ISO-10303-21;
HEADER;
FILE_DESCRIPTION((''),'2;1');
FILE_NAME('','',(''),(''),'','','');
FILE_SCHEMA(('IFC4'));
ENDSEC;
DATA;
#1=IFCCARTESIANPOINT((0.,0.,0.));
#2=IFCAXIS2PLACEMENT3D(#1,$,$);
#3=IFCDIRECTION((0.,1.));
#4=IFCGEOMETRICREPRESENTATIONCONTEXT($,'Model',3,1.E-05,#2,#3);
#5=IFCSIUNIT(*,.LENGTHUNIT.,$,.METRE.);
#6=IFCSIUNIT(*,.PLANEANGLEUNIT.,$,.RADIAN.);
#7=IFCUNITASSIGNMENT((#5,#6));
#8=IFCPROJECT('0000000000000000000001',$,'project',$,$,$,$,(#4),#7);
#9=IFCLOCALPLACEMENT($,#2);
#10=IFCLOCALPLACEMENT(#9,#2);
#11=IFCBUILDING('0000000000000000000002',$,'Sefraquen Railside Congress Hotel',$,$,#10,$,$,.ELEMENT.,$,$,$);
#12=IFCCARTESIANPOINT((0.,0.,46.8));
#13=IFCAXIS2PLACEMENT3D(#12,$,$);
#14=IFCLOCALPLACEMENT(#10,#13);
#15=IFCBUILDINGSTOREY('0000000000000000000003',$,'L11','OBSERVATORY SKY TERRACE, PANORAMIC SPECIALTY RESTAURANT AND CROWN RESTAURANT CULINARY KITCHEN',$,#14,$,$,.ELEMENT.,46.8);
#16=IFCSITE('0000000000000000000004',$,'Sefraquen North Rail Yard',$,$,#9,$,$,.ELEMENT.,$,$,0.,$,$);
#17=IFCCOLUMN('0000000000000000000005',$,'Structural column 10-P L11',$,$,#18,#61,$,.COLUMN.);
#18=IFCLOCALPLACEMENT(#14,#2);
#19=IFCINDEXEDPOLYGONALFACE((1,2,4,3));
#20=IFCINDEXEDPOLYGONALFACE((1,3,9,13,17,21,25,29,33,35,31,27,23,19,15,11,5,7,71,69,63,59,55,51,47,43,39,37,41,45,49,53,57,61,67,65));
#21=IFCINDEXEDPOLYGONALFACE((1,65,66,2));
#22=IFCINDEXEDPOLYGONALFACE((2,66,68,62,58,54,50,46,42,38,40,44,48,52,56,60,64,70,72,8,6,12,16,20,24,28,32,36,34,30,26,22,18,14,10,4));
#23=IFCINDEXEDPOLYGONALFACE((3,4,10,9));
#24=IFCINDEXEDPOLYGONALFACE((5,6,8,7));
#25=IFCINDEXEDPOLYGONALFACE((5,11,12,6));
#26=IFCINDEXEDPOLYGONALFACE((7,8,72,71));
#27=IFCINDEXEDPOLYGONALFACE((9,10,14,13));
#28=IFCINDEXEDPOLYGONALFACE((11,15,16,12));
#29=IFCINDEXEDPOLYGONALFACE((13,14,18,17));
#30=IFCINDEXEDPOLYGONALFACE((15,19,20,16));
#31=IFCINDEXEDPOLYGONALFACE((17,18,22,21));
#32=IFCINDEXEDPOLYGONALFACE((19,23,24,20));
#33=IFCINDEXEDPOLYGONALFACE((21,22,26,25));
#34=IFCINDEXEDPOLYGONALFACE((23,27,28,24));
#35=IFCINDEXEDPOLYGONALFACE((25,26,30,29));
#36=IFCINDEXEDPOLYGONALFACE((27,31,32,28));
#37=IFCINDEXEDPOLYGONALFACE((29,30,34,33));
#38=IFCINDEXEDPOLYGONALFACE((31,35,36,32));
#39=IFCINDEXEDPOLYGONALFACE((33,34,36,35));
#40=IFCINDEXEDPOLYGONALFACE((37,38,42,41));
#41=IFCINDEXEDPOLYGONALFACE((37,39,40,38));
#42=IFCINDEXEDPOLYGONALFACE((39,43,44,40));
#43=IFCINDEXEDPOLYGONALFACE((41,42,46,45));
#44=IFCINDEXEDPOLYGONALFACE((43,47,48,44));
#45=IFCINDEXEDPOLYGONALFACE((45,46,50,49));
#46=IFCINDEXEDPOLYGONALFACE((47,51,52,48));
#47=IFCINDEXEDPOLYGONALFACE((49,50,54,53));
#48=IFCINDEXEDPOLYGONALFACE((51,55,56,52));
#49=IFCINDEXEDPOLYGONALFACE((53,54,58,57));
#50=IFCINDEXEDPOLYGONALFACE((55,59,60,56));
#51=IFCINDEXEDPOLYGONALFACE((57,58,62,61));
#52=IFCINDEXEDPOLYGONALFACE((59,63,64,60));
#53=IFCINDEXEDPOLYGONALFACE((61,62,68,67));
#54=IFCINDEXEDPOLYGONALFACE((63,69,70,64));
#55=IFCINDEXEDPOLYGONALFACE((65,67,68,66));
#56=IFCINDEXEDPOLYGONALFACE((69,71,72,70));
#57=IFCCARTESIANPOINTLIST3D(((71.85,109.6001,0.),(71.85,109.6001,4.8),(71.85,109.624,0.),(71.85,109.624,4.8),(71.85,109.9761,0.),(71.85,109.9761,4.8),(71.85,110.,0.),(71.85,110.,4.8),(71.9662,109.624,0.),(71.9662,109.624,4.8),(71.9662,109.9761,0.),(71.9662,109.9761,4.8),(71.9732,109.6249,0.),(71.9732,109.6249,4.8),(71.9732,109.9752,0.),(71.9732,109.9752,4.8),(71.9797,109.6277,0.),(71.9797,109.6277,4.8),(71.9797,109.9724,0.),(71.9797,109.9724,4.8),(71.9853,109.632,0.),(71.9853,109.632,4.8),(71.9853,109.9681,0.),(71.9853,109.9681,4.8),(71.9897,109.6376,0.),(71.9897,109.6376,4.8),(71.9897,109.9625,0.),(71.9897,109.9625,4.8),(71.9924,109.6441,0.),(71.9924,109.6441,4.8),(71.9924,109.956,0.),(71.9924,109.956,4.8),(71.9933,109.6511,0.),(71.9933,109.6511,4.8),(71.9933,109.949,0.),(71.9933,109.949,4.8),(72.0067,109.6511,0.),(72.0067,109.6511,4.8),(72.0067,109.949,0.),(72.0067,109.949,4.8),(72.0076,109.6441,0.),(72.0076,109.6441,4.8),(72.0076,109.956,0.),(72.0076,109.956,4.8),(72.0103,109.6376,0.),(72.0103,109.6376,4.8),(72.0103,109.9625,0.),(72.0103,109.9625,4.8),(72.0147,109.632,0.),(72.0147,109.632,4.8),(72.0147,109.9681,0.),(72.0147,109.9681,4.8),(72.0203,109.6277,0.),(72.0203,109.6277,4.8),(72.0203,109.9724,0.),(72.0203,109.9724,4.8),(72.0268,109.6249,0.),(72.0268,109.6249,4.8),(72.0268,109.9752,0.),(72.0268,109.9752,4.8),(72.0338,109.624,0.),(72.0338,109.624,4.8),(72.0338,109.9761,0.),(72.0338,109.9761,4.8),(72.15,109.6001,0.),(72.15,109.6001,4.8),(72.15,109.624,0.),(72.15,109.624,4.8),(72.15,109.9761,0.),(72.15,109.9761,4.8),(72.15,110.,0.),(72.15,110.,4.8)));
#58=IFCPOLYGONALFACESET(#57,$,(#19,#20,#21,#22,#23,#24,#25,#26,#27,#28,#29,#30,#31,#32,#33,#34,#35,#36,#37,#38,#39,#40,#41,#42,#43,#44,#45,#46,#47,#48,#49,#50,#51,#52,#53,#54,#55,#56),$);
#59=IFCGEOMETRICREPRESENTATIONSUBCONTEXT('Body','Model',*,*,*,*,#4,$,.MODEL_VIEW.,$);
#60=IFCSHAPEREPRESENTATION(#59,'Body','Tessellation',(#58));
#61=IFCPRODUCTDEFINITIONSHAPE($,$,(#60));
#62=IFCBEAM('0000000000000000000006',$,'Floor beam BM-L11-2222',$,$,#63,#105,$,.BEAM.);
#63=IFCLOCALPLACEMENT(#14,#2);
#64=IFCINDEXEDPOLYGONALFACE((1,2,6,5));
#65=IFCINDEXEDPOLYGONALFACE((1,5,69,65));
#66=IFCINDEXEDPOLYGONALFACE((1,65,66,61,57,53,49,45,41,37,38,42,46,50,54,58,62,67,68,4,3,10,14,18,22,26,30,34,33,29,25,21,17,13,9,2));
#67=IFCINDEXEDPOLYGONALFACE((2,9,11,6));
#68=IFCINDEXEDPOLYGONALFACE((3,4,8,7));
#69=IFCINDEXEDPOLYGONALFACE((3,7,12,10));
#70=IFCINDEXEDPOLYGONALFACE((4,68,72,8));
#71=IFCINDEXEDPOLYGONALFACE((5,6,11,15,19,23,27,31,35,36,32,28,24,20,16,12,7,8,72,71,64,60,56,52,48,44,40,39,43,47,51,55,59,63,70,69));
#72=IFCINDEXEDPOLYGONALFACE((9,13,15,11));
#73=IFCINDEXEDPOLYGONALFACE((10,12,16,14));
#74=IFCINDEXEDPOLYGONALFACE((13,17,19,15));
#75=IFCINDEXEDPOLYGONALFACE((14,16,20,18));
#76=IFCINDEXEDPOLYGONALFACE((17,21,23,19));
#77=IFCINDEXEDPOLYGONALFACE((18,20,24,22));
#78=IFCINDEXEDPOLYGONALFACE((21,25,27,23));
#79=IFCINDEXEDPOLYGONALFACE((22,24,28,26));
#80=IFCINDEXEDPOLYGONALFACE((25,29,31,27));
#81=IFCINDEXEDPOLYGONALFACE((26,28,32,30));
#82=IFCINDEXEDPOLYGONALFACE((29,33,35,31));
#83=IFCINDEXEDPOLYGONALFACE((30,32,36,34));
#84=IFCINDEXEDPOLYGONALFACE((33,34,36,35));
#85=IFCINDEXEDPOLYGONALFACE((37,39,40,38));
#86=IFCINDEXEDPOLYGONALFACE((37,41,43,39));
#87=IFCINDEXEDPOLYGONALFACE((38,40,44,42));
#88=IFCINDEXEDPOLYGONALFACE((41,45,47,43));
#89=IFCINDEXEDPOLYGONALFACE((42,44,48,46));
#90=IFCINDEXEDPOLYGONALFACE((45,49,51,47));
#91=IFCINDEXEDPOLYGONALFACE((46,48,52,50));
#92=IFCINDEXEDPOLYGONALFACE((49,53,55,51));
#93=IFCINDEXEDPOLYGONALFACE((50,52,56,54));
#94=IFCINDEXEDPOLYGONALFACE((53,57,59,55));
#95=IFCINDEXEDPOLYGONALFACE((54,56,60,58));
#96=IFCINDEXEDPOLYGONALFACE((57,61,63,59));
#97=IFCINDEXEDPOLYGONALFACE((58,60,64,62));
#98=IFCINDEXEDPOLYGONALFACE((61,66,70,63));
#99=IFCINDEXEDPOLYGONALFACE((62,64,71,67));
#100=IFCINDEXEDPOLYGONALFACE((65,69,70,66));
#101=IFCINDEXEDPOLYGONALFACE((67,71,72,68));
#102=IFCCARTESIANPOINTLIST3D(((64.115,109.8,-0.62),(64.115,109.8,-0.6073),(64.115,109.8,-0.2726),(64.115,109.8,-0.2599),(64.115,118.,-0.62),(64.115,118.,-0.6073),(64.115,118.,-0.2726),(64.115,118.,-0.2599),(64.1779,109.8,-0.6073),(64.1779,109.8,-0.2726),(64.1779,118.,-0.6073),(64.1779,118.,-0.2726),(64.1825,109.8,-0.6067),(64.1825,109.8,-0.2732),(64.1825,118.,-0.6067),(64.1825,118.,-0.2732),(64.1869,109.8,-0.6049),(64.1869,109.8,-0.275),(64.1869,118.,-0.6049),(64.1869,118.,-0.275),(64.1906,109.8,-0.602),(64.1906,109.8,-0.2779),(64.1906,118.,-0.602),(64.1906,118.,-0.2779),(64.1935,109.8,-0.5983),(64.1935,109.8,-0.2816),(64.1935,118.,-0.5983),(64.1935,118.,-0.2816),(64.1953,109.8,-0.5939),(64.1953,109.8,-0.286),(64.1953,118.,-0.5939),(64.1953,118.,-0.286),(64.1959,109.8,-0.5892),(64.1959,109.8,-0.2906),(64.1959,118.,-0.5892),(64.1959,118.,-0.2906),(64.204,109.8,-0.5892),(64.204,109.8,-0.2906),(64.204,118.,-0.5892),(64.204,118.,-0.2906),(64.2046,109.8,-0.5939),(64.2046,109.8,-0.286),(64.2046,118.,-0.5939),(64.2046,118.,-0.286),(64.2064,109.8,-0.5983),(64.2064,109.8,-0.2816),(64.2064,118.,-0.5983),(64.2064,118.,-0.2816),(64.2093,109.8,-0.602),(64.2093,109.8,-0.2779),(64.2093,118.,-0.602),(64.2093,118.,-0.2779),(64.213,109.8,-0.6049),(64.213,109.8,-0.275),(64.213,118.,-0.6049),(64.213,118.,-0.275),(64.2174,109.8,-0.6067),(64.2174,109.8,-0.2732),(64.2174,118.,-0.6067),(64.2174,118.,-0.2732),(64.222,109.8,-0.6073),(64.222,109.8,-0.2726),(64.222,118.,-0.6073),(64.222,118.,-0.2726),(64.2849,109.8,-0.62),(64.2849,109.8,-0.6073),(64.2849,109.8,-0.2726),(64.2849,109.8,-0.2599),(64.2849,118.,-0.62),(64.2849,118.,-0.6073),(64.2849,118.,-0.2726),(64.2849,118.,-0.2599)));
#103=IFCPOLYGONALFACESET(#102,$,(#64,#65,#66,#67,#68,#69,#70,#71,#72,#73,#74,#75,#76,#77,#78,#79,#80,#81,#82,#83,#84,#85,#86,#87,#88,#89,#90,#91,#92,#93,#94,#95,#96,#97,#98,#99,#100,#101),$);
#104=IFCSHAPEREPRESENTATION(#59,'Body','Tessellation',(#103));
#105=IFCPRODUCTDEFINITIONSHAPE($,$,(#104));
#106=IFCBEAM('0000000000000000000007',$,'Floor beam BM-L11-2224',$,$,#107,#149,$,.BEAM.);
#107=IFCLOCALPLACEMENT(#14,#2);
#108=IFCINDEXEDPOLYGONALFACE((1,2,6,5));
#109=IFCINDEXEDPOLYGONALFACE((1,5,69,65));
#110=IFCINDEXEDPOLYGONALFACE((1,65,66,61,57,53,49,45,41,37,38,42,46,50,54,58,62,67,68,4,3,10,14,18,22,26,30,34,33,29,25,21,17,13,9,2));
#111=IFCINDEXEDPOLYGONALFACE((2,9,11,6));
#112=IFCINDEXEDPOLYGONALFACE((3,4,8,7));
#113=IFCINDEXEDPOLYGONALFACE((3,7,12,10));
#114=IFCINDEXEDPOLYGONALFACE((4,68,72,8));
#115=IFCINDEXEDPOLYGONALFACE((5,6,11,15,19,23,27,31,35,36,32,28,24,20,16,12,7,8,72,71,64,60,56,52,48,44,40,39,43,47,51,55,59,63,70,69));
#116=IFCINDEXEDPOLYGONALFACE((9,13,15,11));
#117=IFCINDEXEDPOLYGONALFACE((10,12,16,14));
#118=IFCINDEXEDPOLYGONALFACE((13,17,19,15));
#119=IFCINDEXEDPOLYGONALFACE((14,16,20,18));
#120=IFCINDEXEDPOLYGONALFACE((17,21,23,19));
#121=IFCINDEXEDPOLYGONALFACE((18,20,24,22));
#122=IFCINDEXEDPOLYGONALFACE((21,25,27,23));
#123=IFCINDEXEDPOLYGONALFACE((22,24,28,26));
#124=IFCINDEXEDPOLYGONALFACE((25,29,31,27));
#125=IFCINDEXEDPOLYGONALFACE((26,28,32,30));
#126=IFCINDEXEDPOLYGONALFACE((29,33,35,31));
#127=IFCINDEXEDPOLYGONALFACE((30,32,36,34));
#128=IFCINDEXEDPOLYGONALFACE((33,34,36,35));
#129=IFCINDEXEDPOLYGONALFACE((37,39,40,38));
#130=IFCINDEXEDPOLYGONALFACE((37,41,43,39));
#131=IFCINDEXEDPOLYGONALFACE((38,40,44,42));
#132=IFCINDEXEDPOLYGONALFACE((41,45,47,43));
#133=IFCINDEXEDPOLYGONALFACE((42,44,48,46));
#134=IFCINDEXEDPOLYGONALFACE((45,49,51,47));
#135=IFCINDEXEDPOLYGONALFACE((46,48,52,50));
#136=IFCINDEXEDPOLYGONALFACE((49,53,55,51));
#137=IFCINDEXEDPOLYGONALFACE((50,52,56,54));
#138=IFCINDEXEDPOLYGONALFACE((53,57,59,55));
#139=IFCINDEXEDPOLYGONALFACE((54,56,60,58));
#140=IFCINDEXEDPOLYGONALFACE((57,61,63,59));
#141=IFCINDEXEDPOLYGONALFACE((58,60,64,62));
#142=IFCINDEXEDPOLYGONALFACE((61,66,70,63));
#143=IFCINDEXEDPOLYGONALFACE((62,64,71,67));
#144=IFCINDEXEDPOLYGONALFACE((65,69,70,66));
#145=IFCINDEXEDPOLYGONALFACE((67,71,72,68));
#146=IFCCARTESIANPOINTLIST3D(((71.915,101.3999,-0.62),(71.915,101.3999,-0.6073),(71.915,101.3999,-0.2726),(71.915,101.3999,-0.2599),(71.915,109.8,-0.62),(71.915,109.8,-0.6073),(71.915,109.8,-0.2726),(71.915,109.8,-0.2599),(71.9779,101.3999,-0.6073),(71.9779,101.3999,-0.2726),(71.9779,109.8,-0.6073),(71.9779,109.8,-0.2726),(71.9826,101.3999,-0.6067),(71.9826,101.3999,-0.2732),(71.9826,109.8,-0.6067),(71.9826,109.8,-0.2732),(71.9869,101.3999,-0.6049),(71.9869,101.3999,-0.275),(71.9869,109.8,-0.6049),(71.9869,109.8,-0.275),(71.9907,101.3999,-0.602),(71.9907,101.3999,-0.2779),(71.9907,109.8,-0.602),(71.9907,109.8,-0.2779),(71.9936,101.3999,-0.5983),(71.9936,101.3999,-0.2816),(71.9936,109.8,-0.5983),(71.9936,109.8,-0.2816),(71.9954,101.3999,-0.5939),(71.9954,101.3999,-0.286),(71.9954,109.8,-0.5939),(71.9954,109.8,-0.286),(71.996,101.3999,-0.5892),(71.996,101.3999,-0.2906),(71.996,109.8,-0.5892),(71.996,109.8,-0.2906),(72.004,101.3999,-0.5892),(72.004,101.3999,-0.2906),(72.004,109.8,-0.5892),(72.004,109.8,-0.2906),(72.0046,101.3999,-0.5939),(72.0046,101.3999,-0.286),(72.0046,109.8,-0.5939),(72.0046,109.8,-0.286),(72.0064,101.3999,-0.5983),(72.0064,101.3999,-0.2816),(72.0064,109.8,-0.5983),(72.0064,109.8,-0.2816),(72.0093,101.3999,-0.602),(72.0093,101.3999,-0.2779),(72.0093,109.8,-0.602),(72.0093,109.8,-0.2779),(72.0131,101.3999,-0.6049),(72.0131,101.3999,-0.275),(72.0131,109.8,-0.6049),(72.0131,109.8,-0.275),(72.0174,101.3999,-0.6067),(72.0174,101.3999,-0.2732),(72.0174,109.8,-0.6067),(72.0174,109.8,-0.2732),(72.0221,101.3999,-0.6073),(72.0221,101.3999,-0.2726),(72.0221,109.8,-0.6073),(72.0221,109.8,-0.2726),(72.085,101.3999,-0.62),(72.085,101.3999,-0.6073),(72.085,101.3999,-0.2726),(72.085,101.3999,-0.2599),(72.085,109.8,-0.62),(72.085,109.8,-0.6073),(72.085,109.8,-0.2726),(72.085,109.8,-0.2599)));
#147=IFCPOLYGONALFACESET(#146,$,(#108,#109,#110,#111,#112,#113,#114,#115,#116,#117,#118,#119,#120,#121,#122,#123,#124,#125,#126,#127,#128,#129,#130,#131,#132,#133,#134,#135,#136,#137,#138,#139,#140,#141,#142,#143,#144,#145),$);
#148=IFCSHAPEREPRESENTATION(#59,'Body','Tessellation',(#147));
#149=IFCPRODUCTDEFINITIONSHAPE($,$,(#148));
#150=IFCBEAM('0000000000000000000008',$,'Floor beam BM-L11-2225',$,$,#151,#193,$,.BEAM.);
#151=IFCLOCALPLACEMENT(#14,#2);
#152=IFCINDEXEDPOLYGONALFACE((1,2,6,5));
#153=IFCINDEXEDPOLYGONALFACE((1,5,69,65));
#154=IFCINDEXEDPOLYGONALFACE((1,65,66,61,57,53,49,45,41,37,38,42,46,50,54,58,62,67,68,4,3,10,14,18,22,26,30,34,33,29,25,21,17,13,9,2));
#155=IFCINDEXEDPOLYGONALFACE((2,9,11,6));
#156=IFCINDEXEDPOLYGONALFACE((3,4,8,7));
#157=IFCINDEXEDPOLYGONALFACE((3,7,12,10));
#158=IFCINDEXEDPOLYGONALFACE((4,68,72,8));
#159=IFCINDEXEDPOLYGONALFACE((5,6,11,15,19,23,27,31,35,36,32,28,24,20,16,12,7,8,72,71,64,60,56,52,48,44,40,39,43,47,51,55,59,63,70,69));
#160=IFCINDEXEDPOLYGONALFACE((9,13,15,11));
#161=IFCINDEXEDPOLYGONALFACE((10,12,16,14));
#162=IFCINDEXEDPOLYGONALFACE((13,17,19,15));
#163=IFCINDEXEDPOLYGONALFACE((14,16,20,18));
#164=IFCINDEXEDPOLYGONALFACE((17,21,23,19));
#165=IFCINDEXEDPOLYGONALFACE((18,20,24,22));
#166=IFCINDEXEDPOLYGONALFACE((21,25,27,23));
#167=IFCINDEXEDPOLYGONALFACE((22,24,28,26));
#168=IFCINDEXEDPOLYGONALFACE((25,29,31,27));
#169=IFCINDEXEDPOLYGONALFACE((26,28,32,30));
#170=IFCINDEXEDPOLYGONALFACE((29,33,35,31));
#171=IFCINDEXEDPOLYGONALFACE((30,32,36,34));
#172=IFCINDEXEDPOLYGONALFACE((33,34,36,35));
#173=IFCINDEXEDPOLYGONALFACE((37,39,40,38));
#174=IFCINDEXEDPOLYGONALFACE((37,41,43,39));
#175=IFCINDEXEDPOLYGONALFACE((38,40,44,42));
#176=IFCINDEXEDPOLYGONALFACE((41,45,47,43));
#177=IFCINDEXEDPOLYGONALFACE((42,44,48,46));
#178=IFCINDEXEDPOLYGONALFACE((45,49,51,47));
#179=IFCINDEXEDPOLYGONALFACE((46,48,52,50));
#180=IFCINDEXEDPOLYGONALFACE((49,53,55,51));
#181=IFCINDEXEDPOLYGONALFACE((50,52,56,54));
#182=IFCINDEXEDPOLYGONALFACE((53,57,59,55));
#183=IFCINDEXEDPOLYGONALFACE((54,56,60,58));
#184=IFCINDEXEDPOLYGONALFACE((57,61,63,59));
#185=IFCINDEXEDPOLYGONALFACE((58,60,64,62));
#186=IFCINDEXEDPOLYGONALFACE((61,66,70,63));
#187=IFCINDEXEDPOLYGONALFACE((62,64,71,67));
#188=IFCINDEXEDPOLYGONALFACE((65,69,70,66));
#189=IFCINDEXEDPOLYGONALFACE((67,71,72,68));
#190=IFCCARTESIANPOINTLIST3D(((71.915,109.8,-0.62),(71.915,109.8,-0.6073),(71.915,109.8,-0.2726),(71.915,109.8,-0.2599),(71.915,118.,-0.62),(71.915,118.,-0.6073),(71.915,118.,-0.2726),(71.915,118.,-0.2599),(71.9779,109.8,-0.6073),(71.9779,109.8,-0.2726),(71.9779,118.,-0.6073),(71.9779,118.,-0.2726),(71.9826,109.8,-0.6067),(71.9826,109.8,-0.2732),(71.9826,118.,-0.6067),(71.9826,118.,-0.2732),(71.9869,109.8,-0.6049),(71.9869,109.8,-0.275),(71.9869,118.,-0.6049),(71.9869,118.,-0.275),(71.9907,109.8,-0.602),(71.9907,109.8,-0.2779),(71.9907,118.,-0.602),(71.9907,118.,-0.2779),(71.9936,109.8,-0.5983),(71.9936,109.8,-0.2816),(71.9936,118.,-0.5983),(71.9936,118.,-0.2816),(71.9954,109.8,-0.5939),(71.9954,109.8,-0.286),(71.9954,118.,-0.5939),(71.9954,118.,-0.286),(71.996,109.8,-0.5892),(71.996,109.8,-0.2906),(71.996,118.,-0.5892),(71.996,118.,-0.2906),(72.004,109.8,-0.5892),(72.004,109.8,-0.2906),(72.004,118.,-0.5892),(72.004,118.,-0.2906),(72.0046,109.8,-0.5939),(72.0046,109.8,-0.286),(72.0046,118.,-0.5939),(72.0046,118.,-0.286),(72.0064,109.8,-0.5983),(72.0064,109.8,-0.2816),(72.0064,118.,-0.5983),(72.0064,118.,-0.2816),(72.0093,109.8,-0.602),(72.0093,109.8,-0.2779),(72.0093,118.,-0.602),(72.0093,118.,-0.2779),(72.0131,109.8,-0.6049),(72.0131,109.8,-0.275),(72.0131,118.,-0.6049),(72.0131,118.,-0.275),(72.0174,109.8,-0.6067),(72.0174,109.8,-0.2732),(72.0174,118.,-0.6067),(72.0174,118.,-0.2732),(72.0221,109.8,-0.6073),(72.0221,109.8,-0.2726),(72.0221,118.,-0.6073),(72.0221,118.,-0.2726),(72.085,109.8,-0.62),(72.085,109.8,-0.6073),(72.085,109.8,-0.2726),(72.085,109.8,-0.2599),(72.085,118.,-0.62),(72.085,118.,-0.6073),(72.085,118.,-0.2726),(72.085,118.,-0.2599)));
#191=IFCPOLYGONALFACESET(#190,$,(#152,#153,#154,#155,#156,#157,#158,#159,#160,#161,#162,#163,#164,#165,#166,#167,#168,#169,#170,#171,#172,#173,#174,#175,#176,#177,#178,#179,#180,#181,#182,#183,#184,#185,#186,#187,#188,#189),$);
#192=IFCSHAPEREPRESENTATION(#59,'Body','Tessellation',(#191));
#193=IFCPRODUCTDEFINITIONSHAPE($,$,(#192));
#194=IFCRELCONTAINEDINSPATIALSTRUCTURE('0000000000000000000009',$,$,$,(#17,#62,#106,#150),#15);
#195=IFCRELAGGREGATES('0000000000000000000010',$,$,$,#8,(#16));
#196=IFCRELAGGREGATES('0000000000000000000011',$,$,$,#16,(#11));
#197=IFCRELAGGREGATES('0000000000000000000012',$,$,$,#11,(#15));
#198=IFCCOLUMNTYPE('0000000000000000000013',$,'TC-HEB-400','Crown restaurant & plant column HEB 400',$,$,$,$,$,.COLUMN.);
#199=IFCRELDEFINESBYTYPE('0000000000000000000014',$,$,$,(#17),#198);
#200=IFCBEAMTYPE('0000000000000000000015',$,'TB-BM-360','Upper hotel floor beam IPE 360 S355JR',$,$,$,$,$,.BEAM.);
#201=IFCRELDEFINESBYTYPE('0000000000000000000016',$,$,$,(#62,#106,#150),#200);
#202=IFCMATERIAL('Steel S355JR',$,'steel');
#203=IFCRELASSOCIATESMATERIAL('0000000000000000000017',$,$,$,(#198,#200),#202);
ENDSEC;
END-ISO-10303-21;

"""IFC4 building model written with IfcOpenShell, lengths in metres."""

from ifc_helpers import new_model, si_unit, direction, frame, origin, origin_2d, place, context, subcontext, project, spatial, i_section, extrude, material, material_profile, profile_set, type_object, element, save


model = new_model("IFC4")

# Units and contexts
model_context = context("Model", 3, precision=1e-05, world=origin(), true_north=direction((0.0, 1.0)))
body_context = subcontext(model_context, "Body", "Model", "MODEL_VIEW")
ifc_project = project(units=[si_unit("LENGTHUNIT", "METRE"), si_unit("PLANEANGLEUNIT", "RADIAN")], contexts=[model_context])

# Site, building, storey
site_placement = place(None, origin())
site = spatial("IfcSite", under=ifc_project, at=site_placement, Name="Sefraquen North Rail Yard", CompositionType="ELEMENT", RefElevation=0.0)
building_placement = place(site_placement, origin())
building = spatial("IfcBuilding", under=site, at=building_placement, Name="Sefraquen Railside Congress Hotel", CompositionType="ELEMENT")
storey_placement = place(building_placement, frame((0.0, 0.0, 46.8)))
storey = spatial("IfcBuildingStorey", under=building, at=storey_placement, Name="L11", Description="OBSERVATORY SKY TERRACE, PANORAMIC SPECIALTY RESTAURANT AND CROWN RESTAURANT CULINARY KITCHEN", CompositionType="ELEMENT", Elevation=46.8)

# Column
ifc_material_1 = material(Name="Steel S355JR", Category="steel")
ifc_material_profile_1 = material_profile(ifc_material_1, i_section(OverallWidth=0.3, OverallDepth=0.3999, WebThickness=0.0134, FlangeThickness=0.0239, FilletRadius=0.0271, at=origin_2d()), Name="HEB 400")
ifc_profile_set_1 = profile_set([ifc_material_profile_1], Name="Steel S355JR")
column_type_1 = type_object("IfcColumnType", Name="TC-HEB-400", Description="Crown restaurant & plant column HEB 400", PredefinedType="COLUMN", material=ifc_profile_set_1)
for number, where, z_axis, x_axis, name in (
    (1, (72.0, 109.8, 0.0), (0.0, 0.0, 1.0), (1.0, 0.0, 0.0), "Structural column 10-P L11"),
):
    element("IfcColumn", number, at=place(storey_placement, frame(where, z_axis=z_axis, x_axis=x_axis)), inside=storey, type_object=column_type_1, Name=name, PredefinedType="COLUMN", context=body_context, shape_type="SweptSolid", body=[
        extrude(i_section(OverallWidth=0.3, OverallDepth=0.3999, WebThickness=0.0134, FlangeThickness=0.0239, FilletRadius=0.0271, at=origin_2d()), origin(), (0.0, 0.0, 1.0), 4.8),
    ])

# Beams
ifc_material_profile_2 = material_profile(ifc_material_1, i_section(OverallWidth=0.1699, OverallDepth=0.3601, WebThickness=0.0081, FlangeThickness=0.0127, FilletRadius=0.0181, at=origin_2d()), Name="IPE 360")
ifc_profile_set_2 = profile_set([ifc_material_profile_2], Name="Steel S355JR")
beam_type_1 = type_object("IfcBeamType", Name="TB-BM-360", Description="Upper hotel floor beam IPE 360 S355JR", PredefinedType="BEAM", material=ifc_profile_set_2)
beam_1_placement = place(storey_placement, frame((64.2, 109.8, -0.4399), z_axis=(0.0, 1.0, 0.0), x_axis=(-1.0, 0.0, 0.0)))
element("IfcBeam", 2, at=beam_1_placement, inside=storey, type_object=beam_type_1, Name="Floor beam BM-L11-2222", PredefinedType="BEAM", context=body_context, shape_type="SweptSolid", body=[
    extrude(i_section(OverallWidth=0.1699, OverallDepth=0.3601, WebThickness=0.0081, FlangeThickness=0.0127, FilletRadius=0.0181, at=origin_2d()), origin(), (0.0, 0.0, 1.0), 8.2),
])
beam_2_placement = place(storey_placement, frame((72.0, 101.3999, -0.4399), z_axis=(0.0, 1.0, 0.0), x_axis=(-1.0, 0.0, 0.0)))
element("IfcBeam", 3, at=beam_2_placement, inside=storey, type_object=beam_type_1, Name="Floor beam BM-L11-2224", PredefinedType="BEAM", context=body_context, shape_type="SweptSolid", body=[
    extrude(i_section(OverallWidth=0.1699, OverallDepth=0.3601, WebThickness=0.0081, FlangeThickness=0.0127, FilletRadius=0.0181, at=origin_2d()), origin(), (0.0, 0.0, 1.0), 8.4001),
])
beam_3_placement = place(storey_placement, frame((72.0, 109.8, -0.4399), z_axis=(0.0, 1.0, 0.0), x_axis=(-1.0, 0.0, 0.0)))
element("IfcBeam", 4, at=beam_3_placement, inside=storey, type_object=beam_type_1, Name="Floor beam BM-L11-2225", PredefinedType="BEAM", context=body_context, shape_type="SweptSolid", body=[
    extrude(i_section(OverallWidth=0.1699, OverallDepth=0.3601, WebThickness=0.0081, FlangeThickness=0.0127, FilletRadius=0.0181, at=origin_2d()), origin(), (0.0, 0.0, 1.0), 8.2),
])

save(model, "model.ifc")
